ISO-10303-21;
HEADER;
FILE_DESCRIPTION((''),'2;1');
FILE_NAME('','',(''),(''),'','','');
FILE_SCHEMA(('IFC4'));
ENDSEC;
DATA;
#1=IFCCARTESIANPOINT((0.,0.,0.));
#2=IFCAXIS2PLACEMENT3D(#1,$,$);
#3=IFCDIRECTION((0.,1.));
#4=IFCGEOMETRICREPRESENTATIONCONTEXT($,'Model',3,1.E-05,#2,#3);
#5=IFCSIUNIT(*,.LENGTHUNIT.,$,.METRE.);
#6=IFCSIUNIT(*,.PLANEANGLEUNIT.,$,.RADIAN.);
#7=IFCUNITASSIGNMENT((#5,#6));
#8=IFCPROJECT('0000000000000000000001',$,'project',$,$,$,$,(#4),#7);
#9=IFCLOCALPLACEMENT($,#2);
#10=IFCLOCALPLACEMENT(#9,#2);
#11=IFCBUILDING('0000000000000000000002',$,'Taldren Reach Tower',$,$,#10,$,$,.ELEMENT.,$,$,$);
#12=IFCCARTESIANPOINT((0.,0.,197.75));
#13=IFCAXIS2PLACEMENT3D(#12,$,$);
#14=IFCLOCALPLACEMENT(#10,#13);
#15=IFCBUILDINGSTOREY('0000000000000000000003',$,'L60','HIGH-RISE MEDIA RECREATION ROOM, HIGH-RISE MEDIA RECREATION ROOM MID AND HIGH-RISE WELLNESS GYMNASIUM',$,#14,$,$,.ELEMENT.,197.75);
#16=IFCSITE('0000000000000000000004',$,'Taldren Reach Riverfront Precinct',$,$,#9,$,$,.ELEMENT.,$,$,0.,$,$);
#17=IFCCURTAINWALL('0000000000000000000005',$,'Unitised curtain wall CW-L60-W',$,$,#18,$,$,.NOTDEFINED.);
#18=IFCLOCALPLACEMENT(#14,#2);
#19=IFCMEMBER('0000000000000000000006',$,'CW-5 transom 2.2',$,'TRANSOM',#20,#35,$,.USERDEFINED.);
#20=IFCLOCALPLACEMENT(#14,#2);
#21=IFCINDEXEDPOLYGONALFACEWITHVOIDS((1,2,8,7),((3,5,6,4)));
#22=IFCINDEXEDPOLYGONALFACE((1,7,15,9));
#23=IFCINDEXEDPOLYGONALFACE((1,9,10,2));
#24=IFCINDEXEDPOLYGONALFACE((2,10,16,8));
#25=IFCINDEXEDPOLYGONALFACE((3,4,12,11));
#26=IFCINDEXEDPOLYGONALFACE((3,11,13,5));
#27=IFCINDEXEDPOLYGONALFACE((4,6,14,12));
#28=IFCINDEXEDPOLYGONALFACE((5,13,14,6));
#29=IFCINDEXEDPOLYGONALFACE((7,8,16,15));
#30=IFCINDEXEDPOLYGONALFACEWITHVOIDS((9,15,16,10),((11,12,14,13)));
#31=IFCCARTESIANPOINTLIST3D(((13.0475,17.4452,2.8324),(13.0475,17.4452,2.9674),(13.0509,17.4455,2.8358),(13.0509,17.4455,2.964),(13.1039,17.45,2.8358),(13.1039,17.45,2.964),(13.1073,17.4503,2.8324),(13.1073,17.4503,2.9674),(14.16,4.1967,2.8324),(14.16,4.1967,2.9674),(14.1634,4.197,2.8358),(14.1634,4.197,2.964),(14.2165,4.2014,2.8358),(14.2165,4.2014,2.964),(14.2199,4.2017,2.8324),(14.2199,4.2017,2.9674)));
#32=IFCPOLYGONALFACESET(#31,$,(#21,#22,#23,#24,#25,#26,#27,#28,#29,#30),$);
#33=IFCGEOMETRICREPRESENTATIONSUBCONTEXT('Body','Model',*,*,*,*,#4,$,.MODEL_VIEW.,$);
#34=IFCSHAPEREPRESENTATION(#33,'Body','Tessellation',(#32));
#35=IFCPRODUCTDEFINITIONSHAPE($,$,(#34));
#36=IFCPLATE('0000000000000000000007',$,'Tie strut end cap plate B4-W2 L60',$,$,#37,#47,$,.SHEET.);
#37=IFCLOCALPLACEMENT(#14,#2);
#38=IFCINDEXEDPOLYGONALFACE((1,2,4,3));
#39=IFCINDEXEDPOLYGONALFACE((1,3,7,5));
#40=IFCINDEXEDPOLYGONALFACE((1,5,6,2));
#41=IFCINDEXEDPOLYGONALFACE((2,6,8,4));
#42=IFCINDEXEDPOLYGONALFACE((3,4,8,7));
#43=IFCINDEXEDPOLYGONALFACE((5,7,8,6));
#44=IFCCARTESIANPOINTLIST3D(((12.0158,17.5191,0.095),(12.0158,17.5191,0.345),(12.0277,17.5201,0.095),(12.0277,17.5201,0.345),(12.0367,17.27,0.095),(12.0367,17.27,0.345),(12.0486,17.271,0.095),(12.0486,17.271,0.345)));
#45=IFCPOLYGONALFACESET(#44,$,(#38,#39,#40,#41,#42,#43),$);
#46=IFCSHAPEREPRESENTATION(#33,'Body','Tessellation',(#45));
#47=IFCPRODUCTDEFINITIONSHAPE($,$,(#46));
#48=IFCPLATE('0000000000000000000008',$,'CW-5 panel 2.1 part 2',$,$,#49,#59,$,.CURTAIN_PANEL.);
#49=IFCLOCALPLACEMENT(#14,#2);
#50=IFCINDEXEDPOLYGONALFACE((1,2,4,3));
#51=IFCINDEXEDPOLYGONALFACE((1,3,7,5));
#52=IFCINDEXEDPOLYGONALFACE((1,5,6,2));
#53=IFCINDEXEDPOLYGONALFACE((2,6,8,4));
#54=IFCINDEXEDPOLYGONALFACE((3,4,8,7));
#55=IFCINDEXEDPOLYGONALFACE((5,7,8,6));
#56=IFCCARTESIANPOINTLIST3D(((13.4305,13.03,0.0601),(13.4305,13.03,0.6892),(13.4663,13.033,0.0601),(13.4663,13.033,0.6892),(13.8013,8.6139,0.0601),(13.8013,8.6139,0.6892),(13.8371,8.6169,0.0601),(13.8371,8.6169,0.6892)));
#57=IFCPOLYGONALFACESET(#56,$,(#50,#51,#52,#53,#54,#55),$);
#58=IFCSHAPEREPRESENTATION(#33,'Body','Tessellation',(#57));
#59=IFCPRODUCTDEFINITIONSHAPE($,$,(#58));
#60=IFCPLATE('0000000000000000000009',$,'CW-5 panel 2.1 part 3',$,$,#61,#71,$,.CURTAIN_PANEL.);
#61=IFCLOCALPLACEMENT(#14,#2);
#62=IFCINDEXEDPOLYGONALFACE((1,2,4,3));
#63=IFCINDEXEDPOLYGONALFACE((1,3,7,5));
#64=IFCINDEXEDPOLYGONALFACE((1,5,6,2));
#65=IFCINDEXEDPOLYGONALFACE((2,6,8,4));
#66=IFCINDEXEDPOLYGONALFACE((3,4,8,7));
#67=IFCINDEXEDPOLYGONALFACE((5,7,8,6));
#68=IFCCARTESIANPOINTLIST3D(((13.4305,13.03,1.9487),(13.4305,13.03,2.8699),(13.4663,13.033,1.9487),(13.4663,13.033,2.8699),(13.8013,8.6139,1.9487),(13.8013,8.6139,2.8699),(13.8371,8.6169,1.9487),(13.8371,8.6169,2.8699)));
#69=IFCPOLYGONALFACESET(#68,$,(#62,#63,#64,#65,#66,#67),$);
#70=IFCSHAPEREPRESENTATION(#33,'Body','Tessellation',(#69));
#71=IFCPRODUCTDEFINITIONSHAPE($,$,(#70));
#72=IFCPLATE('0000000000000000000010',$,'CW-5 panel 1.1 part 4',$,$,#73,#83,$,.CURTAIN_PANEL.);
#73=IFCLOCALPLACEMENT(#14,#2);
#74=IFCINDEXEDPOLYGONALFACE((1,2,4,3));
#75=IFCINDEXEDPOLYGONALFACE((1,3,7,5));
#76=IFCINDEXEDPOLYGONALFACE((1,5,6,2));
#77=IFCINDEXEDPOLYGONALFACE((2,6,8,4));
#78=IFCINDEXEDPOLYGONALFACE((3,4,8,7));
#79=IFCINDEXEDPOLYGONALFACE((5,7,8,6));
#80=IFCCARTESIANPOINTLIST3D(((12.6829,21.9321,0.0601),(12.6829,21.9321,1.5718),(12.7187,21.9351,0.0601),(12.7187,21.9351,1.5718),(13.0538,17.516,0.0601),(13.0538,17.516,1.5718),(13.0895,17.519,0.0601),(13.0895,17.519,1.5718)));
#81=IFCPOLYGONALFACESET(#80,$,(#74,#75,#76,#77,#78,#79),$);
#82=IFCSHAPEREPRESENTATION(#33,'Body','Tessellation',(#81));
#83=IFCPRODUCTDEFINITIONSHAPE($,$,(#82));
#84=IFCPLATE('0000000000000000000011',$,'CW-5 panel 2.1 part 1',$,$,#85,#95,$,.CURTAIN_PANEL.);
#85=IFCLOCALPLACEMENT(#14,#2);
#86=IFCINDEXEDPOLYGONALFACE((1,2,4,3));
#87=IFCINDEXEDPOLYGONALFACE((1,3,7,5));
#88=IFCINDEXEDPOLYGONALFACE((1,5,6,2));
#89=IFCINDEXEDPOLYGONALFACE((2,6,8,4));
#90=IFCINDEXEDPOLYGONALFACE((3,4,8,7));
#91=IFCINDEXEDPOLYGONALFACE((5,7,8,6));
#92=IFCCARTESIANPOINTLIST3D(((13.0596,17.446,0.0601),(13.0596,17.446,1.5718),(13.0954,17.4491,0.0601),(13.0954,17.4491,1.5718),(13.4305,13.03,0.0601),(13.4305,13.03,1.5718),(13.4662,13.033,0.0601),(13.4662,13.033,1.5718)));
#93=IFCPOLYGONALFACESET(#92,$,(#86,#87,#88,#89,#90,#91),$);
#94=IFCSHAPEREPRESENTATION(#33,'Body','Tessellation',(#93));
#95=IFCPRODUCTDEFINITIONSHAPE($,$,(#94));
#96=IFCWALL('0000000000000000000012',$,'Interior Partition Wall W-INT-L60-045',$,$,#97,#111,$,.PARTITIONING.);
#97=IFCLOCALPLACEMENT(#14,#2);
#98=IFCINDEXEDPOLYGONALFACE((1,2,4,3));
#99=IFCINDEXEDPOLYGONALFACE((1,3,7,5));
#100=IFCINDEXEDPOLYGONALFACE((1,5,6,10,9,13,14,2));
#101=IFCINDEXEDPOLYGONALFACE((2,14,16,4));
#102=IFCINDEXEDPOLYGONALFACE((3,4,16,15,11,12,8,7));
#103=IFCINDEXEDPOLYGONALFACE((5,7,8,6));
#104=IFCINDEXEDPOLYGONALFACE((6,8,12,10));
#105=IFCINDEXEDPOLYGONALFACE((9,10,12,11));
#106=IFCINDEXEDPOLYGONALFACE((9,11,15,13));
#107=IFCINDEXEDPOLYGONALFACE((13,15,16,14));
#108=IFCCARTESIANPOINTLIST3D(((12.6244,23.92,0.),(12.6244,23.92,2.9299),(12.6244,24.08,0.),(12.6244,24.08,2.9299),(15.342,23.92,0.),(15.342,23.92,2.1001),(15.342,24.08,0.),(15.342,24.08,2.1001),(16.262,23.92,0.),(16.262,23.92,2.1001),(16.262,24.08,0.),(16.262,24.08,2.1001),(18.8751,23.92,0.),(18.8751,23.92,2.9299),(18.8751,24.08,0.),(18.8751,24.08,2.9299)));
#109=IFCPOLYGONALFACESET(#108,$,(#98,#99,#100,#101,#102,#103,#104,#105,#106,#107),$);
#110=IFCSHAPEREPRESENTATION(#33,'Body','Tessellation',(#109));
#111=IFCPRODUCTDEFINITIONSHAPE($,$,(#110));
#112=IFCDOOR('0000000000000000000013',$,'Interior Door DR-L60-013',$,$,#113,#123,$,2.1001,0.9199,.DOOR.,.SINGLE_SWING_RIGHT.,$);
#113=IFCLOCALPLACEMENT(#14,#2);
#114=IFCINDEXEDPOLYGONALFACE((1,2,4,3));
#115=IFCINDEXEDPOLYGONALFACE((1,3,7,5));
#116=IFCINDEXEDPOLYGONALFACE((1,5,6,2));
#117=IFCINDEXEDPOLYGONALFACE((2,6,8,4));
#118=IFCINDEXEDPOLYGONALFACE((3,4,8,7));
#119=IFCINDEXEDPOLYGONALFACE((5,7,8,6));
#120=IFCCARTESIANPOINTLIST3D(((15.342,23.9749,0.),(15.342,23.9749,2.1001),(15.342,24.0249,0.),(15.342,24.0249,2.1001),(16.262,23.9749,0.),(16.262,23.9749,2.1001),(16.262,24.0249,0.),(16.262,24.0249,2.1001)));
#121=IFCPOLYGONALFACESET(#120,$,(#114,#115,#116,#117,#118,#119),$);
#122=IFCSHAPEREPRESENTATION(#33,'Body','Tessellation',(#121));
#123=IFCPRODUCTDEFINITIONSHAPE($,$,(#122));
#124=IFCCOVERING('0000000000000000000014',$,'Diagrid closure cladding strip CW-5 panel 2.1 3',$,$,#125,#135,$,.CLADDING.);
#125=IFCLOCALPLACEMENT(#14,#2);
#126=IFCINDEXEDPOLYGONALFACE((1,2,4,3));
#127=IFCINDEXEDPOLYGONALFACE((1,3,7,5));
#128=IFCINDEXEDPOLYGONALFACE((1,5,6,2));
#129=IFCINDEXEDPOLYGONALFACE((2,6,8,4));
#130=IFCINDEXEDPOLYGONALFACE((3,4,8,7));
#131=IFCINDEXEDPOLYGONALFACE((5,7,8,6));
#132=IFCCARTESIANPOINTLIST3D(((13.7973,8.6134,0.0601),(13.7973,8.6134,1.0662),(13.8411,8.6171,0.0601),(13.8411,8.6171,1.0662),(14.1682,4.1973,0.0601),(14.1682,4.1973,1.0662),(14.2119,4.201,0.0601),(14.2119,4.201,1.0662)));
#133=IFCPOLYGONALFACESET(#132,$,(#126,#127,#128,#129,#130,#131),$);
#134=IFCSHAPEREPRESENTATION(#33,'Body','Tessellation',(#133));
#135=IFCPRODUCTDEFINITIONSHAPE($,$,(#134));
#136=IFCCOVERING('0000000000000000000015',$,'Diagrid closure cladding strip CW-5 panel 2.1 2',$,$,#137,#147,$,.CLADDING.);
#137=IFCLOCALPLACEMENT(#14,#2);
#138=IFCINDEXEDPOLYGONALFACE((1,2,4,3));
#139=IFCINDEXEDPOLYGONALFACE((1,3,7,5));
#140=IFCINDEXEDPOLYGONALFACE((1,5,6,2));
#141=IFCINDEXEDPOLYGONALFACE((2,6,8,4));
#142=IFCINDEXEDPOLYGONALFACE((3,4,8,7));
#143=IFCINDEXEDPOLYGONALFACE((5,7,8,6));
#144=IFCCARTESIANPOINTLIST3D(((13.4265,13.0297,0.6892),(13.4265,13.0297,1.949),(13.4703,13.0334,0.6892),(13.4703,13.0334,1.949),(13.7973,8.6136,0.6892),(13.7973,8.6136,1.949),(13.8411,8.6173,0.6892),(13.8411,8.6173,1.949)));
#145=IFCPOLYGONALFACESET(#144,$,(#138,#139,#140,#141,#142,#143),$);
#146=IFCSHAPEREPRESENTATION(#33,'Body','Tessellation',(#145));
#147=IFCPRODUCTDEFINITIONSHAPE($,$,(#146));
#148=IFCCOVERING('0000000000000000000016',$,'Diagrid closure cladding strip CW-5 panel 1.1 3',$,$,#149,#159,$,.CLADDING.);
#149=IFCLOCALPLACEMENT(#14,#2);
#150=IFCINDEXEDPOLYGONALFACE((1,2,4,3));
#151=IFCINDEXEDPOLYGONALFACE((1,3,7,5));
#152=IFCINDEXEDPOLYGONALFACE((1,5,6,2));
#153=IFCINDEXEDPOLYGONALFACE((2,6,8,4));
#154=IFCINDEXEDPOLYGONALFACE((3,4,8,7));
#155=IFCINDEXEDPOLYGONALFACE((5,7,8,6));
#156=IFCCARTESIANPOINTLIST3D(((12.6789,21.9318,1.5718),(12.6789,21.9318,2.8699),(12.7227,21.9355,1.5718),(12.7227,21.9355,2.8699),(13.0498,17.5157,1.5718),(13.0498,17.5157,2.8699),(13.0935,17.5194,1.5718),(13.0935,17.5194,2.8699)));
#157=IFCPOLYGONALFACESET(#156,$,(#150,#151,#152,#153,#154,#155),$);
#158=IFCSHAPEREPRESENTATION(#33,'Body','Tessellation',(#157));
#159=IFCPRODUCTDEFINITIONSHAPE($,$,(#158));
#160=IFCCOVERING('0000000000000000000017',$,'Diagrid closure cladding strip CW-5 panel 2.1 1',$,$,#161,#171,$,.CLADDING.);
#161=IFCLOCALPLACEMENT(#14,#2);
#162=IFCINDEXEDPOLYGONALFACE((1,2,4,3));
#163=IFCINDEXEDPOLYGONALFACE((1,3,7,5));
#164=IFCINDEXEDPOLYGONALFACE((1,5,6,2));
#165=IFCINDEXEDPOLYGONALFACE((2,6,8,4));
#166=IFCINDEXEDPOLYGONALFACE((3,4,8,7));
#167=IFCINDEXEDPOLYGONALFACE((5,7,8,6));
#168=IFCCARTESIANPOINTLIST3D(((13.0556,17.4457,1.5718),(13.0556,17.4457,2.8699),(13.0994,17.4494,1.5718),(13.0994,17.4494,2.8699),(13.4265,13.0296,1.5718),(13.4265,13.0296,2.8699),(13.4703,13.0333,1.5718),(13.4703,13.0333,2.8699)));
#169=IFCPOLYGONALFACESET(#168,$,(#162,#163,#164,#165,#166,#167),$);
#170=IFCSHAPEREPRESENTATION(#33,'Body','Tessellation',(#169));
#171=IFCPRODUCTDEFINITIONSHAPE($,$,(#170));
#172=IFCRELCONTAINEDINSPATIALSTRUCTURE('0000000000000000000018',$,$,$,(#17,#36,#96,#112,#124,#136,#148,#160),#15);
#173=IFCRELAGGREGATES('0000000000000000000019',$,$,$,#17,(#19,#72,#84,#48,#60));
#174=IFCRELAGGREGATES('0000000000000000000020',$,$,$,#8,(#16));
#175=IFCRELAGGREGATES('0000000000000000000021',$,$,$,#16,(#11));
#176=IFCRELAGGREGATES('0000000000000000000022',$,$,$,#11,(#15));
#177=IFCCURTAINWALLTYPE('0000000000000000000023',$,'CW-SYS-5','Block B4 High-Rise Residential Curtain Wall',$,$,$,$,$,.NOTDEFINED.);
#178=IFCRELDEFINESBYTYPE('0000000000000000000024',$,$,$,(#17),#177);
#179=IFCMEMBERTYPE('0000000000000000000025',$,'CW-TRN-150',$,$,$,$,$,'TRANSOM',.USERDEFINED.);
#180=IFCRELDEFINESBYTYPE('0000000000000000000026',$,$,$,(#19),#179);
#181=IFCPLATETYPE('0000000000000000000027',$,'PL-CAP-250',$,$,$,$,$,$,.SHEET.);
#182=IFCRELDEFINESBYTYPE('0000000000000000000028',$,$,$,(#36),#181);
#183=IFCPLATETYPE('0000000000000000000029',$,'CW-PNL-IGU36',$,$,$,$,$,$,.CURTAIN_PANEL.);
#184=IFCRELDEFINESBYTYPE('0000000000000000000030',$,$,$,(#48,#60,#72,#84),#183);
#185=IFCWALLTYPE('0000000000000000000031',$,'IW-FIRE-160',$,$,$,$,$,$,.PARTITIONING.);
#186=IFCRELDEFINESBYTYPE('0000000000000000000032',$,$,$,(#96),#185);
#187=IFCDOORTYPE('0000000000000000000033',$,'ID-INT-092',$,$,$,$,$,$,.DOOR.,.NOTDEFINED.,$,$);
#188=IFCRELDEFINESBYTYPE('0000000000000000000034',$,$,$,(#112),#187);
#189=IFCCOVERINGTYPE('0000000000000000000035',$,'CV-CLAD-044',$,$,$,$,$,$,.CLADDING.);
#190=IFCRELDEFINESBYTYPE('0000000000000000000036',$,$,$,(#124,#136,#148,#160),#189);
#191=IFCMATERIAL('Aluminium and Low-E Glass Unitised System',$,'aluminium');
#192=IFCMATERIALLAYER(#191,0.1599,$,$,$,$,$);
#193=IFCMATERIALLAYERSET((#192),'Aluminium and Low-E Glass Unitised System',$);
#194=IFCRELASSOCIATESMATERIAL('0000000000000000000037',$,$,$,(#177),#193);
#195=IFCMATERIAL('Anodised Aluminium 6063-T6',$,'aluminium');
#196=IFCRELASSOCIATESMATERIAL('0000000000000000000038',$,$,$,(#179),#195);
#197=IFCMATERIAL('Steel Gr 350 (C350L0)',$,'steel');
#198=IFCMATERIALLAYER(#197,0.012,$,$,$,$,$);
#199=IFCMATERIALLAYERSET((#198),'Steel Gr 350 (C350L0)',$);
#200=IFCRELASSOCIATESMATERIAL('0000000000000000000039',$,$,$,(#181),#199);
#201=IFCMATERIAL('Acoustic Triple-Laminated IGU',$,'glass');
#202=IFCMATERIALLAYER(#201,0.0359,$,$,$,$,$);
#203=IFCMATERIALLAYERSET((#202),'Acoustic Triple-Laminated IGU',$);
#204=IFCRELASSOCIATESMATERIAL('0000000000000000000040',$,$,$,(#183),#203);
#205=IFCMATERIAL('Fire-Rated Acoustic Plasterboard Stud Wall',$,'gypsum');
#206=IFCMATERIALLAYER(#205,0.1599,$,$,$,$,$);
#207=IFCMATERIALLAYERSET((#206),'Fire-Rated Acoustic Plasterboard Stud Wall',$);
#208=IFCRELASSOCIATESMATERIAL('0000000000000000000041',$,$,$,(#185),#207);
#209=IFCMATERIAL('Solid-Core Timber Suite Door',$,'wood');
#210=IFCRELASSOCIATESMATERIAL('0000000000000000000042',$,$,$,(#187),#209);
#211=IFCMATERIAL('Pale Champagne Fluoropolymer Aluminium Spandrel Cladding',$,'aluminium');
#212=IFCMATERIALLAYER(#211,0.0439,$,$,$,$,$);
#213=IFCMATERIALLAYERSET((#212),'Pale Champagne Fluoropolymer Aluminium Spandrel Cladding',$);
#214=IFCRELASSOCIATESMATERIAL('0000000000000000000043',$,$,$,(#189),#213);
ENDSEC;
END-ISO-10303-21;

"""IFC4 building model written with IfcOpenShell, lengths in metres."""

from ifc_helpers import new_model, si_unit, direction, frame, frame_2d, origin, origin_2d, place, context, subcontext, project, spatial, rectangle, hollow_rectangle, extrude, source, transform, mapped, material, layer, layer_set, material_profile, profile_set, type_object, element, fill, aggregate, save


model = new_model("IFC4")

# Units and contexts
model_context = context("Model", 3, precision=1e-05, world=origin(), true_north=direction((0.0, 1.0)))
body_context = subcontext(model_context, "Body", "Model", "MODEL_VIEW")
ifc_project = project(units=[si_unit("LENGTHUNIT", "METRE"), si_unit("PLANEANGLEUNIT", "RADIAN")], contexts=[model_context])

# Site, building, storey
site_placement = place(None, origin())
site = spatial("IfcSite", under=ifc_project, at=site_placement, Name="Taldren Reach Riverfront Precinct", CompositionType="ELEMENT", RefElevation=0.0)
building_placement = place(site_placement, origin())
building = spatial("IfcBuilding", under=site, at=building_placement, Name="Taldren Reach Tower", CompositionType="ELEMENT")
storey_placement = place(building_placement, frame((0.0, 0.0, 197.75)))
storey = spatial("IfcBuildingStorey", under=building, at=storey_placement, Name="L60", Description="HIGH-RISE MEDIA RECREATION ROOM, HIGH-RISE MEDIA RECREATION ROOM MID AND HIGH-RISE WELLNESS GYMNASIUM", CompositionType="ELEMENT", Elevation=197.75)

# Shared definitions
ifc_material_1 = material(Name="Steel Gr 350 (C350L0)", Category="steel")

# Curtain wall, member
ifc_material_2 = material(Name="Aluminium and Low-E Glass Unitised System", Category="aluminium")
ifc_layer_1 = layer(ifc_material_2, 0.1599)
ifc_layer_set_1 = layer_set([ifc_layer_1], Name="Aluminium and Low-E Glass Unitised System")
curtain_wall_type = type_object("IfcCurtainWallType", Name="CW-SYS-5", Description="Block B4 High-Rise Residential Curtain Wall", PredefinedType="NOTDEFINED", material=ifc_layer_set_1)
curtain_wall_placement = place(storey_placement, origin())
curtain_wall = element("IfcCurtainWall", 1, at=curtain_wall_placement, inside=storey, type_object=curtain_wall_type, Name="Unitised curtain wall CW-L60-W", PredefinedType="NOTDEFINED")
ifc_material_3 = material(Name="Anodised Aluminium 6063-T6", Category="aluminium")
ifc_material_profile_1 = material_profile(ifc_material_3, hollow_rectangle(XDim=0.0601, YDim=0.135, WallThickness=0.0034, at=origin_2d()), Name="ALU-135x60x3.5RHS")
ifc_profile_set_1 = profile_set([ifc_material_profile_1], Name="Anodised Aluminium 6063-T6")
member_type_1 = type_object("IfcMemberType", Name="CW-TRN-150", ElementType="TRANSOM", PredefinedType="USERDEFINED", material=ifc_profile_set_1)
shared_shape_1 = source(origin(), body_context, "Body", "SweptSolid", [
    extrude(hollow_rectangle(XDim=0.0601, YDim=0.135, WallThickness=0.0034, at=origin_2d()), origin(), (0.0, 0.0, 1.0), 13.2952),
])
member_1_placement = place(storey_placement, frame((13.0774, 17.4478, 2.8999), z_axis=(0.083681, -0.996493, 0.0), x_axis=(0.996493, 0.083681, 0.0)))
member_1 = element("IfcMember", 2, at=member_1_placement, type_object=member_type_1, Name="CW-5 transom 2.2", ObjectType="TRANSOM", PredefinedType="USERDEFINED", context=body_context, shape_type="MappedRepresentation", body=[
    mapped(shared_shape_1, transform((0.0, 0.0, 0.0), scale=1.0)),
])

# Plates
ifc_layer_2 = layer(ifc_material_1, 0.012)
ifc_layer_set_2 = layer_set([ifc_layer_2], Name="Steel Gr 350 (C350L0)")
plate_type_1 = type_object("IfcPlateType", Name="PL-CAP-250", PredefinedType="SHEET", material=ifc_layer_set_2)
shared_shape_2 = source(origin(), body_context, "Body", "SweptSolid", [
    extrude(rectangle(XDim=0.012, YDim=0.25, at=origin_2d()), origin(), (0.0, 0.0, 1.0), 0.25),
])
plate_1_placement = place(storey_placement, frame((12.0322, 17.395, 0.095), z_axis=(0.0, 0.0, 1.0), x_axis=(0.996493, 0.083678, 0.0)))
element("IfcPlate", 3, at=plate_1_placement, inside=storey, type_object=plate_type_1, Name="Tie strut end cap plate B4-W2 L60", PredefinedType="SHEET", context=body_context, shape_type="MappedRepresentation", body=[
    mapped(shared_shape_2, transform((0.0, 0.0, 0.0), scale=1.0)),
])
ifc_material_4 = material(Name="Acoustic Triple-Laminated IGU", Category="glass")
ifc_layer_3 = layer(ifc_material_4, 0.0359)
ifc_layer_set_3 = layer_set([ifc_layer_3], Name="Acoustic Triple-Laminated IGU")
plate_type_2 = type_object("IfcPlateType", Name="CW-PNL-IGU36", PredefinedType="CURTAIN_PANEL", material=ifc_layer_set_3)
shared_shape_3 = source(origin(), body_context, "Body", "SweptSolid", [
    extrude(rectangle(XDim=4.4316, YDim=0.0359, at=origin_2d()), origin(), (0.0, 0.0, 1.0), 0.6292),
])
plate_2_placement = place(storey_placement, frame((13.6338, 10.8235, 0.0601), z_axis=(0.0, 0.0, 1.0), x_axis=(0.083678, -0.996493, 0.0)))
plate_2 = element("IfcPlate", 4, at=plate_2_placement, type_object=plate_type_2, Name="CW-5 panel 2.1 part 2", PredefinedType="CURTAIN_PANEL", context=body_context, shape_type="MappedRepresentation", body=[
    mapped(shared_shape_3, transform((0.0, 0.0, 0.0), scale=1.0)),
])
shared_shape_4 = source(origin(), body_context, "Body", "SweptSolid", [
    extrude(rectangle(XDim=4.4316, YDim=0.0359, at=origin_2d()), origin(), (0.0, 0.0, 1.0), 0.9211),
])
plate_3_placement = place(storey_placement, frame((13.6338, 10.8235, 1.9487), z_axis=(0.0, 0.0, 1.0), x_axis=(0.083678, -0.996493, 0.0)))
plate_3 = element("IfcPlate", 5, at=plate_3_placement, type_object=plate_type_2, Name="CW-5 panel 2.1 part 3", PredefinedType="CURTAIN_PANEL", context=body_context, shape_type="MappedRepresentation", body=[
    mapped(shared_shape_4, transform((0.0, 0.0, 0.0), scale=1.0)),
])
shared_shape_5 = source(origin(), body_context, "Body", "SweptSolid", [
    extrude(rectangle(XDim=4.4316, YDim=0.0359, at=origin_2d()), origin(), (0.0, 0.0, 1.0), 1.5117),
])
plate_4_placement = place(storey_placement, frame((12.8862, 19.7256, 0.0601), z_axis=(0.0, 0.0, 1.0), x_axis=(0.083678, -0.996493, 0.0)))
plate_4 = element("IfcPlate", 6, at=plate_4_placement, type_object=plate_type_2, Name="CW-5 panel 1.1 part 4", PredefinedType="CURTAIN_PANEL", context=body_context, shape_type="MappedRepresentation", body=[
    mapped(shared_shape_5, transform((0.0, 0.0, 0.0), scale=1.0)),
])
plate_5_placement = place(storey_placement, frame((13.2629, 15.2395, 0.0601), z_axis=(0.0, 0.0, 1.0), x_axis=(0.083678, -0.996493, 0.0)))
plate_5 = element("IfcPlate", 7, at=plate_5_placement, type_object=plate_type_2, Name="CW-5 panel 2.1 part 1", PredefinedType="CURTAIN_PANEL", context=body_context, shape_type="MappedRepresentation", body=[
    mapped(shared_shape_5, transform((0.0, 0.0, 0.0), scale=1.0)),
])
aggregate(curtain_wall, [member_1, plate_4, plate_5, plate_2, plate_3])

# Wall, opening, door
ifc_material_5 = material(Name="Fire-Rated Acoustic Plasterboard Stud Wall", Category="gypsum")
ifc_layer_4 = layer(ifc_material_5, 0.1599)
ifc_layer_set_4 = layer_set([ifc_layer_4], Name="Fire-Rated Acoustic Plasterboard Stud Wall")
wall_type = type_object("IfcWallType", Name="IW-FIRE-160", PredefinedType="PARTITIONING", material=ifc_layer_set_4)
shared_shape_6 = source(origin(), body_context, "Body", "SweptSolid", [
    extrude(rectangle(XDim=6.2507, YDim=0.1599, at=frame_2d((3.1255, 0.0))), origin(), (0.0, 0.0, 1.0), 2.9299),
])
wall_placement = place(storey_placement, frame((12.6243, 24.0, 0.0), z_axis=(0.0, 0.0, 1.0), x_axis=(1.0, 0.0, 0.0)))
wall = element("IfcWall", 8, at=wall_placement, inside=storey, type_object=wall_type, Name="Interior Partition Wall W-INT-L60-045", PredefinedType="PARTITIONING", context=body_context, shape_type="MappedRepresentation", body=[
    mapped(shared_shape_6, transform((0.0, 0.0, 0.0), scale=1.0)),
])
shared_shape_7 = source(origin(), body_context, "Body", "SweptSolid", [
    extrude(rectangle(XDim=0.9199, YDim=2.1001, at=frame_2d((0.46, 1.05))), frame((0.0, 0.0898, 0.0), z_axis=(0.0, -1.0, 0.0), x_axis=(1.0, 0.0, 0.0)), (0.0, 0.0, 1.0), 0.1799),
])
opening_placement = place(wall_placement, frame((2.7178, 0.0, 0.0)))
opening = element("IfcOpeningElement", 9, at=opening_placement, cuts=wall, PredefinedType="OPENING", context=body_context, shape_type="MappedRepresentation", body=[
    mapped(shared_shape_7, transform((0.0, 0.0, 0.0), scale=1.0)),
])
ifc_material_6 = material(Name="Solid-Core Timber Suite Door", Category="wood")
door_type = type_object("IfcDoorType", Name="ID-INT-092", OperationType="NOTDEFINED", PredefinedType="DOOR", material=ifc_material_6)
shared_shape_8 = source(origin(), body_context, "Body", "SweptSolid", [
    extrude(rectangle(XDim=0.9199, YDim=2.1001, at=frame_2d((0.46, 1.05))), frame((0.0, 0.0249, 0.0), z_axis=(0.0, -1.0, 0.0), x_axis=(1.0, 0.0, 0.0)), (0.0, 0.0, 1.0), 0.05),
])
door_placement = place(opening_placement, origin())
door = element("IfcDoor", 10, at=door_placement, inside=storey, type_object=door_type, Name="Interior Door DR-L60-013", OperationType="SINGLE_SWING_RIGHT", OverallHeight=2.1001, OverallWidth=0.9199, PredefinedType="DOOR", context=body_context, shape_type="MappedRepresentation", body=[
    mapped(shared_shape_8, transform((0.0, 0.0, 0.0), scale=1.0)),
])
fill(opening, door)

# Coverings
ifc_material_7 = material(Name="Pale Champagne Fluoropolymer Aluminium Spandrel Cladding", Category="aluminium")
ifc_layer_5 = layer(ifc_material_7, 0.0439)
ifc_layer_set_5 = layer_set([ifc_layer_5], Name="Pale Champagne Fluoropolymer Aluminium Spandrel Cladding")
covering_type = type_object("IfcCoveringType", Name="CV-CLAD-044", PredefinedType="CLADDING", material=ifc_layer_set_5)
shared_shape_9 = source(origin(), body_context, "Body", "SweptSolid", [
    extrude(rectangle(XDim=4.4316, YDim=0.0439, at=origin_2d()), origin(), (0.0, 0.0, 1.0), 1.0061),
])
covering_1_placement = place(storey_placement, frame((14.0046, 6.4072, 0.0601), z_axis=(0.0, 0.0, 1.0), x_axis=(0.083678, -0.996493, 0.0)))
element("IfcCovering", 11, at=covering_1_placement, inside=storey, type_object=covering_type, Name="Diagrid closure cladding strip CW-5 panel 2.1 3", PredefinedType="CLADDING", context=body_context, shape_type="MappedRepresentation", body=[
    mapped(shared_shape_9, transform((0.0, 0.0, 0.0), scale=1.0)),
])
shared_shape_10 = source(origin(), body_context, "Body", "SweptSolid", [
    extrude(rectangle(XDim=4.4316, YDim=0.0439, at=origin_2d()), origin(), (0.0, 0.0, 1.0), 1.2598),
])
covering_2_placement = place(storey_placement, frame((13.6338, 10.8235, 0.6892), z_axis=(0.0, 0.0, 1.0), x_axis=(0.083678, -0.996493, 0.0)))
element("IfcCovering", 12, at=covering_2_placement, inside=storey, type_object=covering_type, Name="Diagrid closure cladding strip CW-5 panel 2.1 2", PredefinedType="CLADDING", context=body_context, shape_type="MappedRepresentation", body=[
    mapped(shared_shape_10, transform((0.0, 0.0, 0.0), scale=1.0)),
])
shared_shape_11 = source(origin(), body_context, "Body", "SweptSolid", [
    extrude(rectangle(XDim=4.4316, YDim=0.0439, at=origin_2d()), origin(), (0.0, 0.0, 1.0), 1.2981),
])
for number, where, z_axis, x_axis, name in (
    (13, (12.8862, 19.7256, 1.5718), (0.0, 0.0, 1.0), (0.083678, -0.996493, 0.0), "Diagrid closure cladding strip CW-5 panel 1.1 3"),
    (14, (13.2629, 15.2395, 1.5718), (0.0, 0.0, 1.0), (0.083678, -0.996493, 0.0), "Diagrid closure cladding strip CW-5 panel 2.1 1"),
):
    element("IfcCovering", number, at=place(storey_placement, frame(where, z_axis=z_axis, x_axis=x_axis)), inside=storey, type_object=covering_type, Name=name, PredefinedType="CLADDING", context=body_context, shape_type="MappedRepresentation", body=[
        mapped(shared_shape_11, transform((0.0, 0.0, 0.0), scale=1.0)),
    ])

save(model, "model.ifc")
